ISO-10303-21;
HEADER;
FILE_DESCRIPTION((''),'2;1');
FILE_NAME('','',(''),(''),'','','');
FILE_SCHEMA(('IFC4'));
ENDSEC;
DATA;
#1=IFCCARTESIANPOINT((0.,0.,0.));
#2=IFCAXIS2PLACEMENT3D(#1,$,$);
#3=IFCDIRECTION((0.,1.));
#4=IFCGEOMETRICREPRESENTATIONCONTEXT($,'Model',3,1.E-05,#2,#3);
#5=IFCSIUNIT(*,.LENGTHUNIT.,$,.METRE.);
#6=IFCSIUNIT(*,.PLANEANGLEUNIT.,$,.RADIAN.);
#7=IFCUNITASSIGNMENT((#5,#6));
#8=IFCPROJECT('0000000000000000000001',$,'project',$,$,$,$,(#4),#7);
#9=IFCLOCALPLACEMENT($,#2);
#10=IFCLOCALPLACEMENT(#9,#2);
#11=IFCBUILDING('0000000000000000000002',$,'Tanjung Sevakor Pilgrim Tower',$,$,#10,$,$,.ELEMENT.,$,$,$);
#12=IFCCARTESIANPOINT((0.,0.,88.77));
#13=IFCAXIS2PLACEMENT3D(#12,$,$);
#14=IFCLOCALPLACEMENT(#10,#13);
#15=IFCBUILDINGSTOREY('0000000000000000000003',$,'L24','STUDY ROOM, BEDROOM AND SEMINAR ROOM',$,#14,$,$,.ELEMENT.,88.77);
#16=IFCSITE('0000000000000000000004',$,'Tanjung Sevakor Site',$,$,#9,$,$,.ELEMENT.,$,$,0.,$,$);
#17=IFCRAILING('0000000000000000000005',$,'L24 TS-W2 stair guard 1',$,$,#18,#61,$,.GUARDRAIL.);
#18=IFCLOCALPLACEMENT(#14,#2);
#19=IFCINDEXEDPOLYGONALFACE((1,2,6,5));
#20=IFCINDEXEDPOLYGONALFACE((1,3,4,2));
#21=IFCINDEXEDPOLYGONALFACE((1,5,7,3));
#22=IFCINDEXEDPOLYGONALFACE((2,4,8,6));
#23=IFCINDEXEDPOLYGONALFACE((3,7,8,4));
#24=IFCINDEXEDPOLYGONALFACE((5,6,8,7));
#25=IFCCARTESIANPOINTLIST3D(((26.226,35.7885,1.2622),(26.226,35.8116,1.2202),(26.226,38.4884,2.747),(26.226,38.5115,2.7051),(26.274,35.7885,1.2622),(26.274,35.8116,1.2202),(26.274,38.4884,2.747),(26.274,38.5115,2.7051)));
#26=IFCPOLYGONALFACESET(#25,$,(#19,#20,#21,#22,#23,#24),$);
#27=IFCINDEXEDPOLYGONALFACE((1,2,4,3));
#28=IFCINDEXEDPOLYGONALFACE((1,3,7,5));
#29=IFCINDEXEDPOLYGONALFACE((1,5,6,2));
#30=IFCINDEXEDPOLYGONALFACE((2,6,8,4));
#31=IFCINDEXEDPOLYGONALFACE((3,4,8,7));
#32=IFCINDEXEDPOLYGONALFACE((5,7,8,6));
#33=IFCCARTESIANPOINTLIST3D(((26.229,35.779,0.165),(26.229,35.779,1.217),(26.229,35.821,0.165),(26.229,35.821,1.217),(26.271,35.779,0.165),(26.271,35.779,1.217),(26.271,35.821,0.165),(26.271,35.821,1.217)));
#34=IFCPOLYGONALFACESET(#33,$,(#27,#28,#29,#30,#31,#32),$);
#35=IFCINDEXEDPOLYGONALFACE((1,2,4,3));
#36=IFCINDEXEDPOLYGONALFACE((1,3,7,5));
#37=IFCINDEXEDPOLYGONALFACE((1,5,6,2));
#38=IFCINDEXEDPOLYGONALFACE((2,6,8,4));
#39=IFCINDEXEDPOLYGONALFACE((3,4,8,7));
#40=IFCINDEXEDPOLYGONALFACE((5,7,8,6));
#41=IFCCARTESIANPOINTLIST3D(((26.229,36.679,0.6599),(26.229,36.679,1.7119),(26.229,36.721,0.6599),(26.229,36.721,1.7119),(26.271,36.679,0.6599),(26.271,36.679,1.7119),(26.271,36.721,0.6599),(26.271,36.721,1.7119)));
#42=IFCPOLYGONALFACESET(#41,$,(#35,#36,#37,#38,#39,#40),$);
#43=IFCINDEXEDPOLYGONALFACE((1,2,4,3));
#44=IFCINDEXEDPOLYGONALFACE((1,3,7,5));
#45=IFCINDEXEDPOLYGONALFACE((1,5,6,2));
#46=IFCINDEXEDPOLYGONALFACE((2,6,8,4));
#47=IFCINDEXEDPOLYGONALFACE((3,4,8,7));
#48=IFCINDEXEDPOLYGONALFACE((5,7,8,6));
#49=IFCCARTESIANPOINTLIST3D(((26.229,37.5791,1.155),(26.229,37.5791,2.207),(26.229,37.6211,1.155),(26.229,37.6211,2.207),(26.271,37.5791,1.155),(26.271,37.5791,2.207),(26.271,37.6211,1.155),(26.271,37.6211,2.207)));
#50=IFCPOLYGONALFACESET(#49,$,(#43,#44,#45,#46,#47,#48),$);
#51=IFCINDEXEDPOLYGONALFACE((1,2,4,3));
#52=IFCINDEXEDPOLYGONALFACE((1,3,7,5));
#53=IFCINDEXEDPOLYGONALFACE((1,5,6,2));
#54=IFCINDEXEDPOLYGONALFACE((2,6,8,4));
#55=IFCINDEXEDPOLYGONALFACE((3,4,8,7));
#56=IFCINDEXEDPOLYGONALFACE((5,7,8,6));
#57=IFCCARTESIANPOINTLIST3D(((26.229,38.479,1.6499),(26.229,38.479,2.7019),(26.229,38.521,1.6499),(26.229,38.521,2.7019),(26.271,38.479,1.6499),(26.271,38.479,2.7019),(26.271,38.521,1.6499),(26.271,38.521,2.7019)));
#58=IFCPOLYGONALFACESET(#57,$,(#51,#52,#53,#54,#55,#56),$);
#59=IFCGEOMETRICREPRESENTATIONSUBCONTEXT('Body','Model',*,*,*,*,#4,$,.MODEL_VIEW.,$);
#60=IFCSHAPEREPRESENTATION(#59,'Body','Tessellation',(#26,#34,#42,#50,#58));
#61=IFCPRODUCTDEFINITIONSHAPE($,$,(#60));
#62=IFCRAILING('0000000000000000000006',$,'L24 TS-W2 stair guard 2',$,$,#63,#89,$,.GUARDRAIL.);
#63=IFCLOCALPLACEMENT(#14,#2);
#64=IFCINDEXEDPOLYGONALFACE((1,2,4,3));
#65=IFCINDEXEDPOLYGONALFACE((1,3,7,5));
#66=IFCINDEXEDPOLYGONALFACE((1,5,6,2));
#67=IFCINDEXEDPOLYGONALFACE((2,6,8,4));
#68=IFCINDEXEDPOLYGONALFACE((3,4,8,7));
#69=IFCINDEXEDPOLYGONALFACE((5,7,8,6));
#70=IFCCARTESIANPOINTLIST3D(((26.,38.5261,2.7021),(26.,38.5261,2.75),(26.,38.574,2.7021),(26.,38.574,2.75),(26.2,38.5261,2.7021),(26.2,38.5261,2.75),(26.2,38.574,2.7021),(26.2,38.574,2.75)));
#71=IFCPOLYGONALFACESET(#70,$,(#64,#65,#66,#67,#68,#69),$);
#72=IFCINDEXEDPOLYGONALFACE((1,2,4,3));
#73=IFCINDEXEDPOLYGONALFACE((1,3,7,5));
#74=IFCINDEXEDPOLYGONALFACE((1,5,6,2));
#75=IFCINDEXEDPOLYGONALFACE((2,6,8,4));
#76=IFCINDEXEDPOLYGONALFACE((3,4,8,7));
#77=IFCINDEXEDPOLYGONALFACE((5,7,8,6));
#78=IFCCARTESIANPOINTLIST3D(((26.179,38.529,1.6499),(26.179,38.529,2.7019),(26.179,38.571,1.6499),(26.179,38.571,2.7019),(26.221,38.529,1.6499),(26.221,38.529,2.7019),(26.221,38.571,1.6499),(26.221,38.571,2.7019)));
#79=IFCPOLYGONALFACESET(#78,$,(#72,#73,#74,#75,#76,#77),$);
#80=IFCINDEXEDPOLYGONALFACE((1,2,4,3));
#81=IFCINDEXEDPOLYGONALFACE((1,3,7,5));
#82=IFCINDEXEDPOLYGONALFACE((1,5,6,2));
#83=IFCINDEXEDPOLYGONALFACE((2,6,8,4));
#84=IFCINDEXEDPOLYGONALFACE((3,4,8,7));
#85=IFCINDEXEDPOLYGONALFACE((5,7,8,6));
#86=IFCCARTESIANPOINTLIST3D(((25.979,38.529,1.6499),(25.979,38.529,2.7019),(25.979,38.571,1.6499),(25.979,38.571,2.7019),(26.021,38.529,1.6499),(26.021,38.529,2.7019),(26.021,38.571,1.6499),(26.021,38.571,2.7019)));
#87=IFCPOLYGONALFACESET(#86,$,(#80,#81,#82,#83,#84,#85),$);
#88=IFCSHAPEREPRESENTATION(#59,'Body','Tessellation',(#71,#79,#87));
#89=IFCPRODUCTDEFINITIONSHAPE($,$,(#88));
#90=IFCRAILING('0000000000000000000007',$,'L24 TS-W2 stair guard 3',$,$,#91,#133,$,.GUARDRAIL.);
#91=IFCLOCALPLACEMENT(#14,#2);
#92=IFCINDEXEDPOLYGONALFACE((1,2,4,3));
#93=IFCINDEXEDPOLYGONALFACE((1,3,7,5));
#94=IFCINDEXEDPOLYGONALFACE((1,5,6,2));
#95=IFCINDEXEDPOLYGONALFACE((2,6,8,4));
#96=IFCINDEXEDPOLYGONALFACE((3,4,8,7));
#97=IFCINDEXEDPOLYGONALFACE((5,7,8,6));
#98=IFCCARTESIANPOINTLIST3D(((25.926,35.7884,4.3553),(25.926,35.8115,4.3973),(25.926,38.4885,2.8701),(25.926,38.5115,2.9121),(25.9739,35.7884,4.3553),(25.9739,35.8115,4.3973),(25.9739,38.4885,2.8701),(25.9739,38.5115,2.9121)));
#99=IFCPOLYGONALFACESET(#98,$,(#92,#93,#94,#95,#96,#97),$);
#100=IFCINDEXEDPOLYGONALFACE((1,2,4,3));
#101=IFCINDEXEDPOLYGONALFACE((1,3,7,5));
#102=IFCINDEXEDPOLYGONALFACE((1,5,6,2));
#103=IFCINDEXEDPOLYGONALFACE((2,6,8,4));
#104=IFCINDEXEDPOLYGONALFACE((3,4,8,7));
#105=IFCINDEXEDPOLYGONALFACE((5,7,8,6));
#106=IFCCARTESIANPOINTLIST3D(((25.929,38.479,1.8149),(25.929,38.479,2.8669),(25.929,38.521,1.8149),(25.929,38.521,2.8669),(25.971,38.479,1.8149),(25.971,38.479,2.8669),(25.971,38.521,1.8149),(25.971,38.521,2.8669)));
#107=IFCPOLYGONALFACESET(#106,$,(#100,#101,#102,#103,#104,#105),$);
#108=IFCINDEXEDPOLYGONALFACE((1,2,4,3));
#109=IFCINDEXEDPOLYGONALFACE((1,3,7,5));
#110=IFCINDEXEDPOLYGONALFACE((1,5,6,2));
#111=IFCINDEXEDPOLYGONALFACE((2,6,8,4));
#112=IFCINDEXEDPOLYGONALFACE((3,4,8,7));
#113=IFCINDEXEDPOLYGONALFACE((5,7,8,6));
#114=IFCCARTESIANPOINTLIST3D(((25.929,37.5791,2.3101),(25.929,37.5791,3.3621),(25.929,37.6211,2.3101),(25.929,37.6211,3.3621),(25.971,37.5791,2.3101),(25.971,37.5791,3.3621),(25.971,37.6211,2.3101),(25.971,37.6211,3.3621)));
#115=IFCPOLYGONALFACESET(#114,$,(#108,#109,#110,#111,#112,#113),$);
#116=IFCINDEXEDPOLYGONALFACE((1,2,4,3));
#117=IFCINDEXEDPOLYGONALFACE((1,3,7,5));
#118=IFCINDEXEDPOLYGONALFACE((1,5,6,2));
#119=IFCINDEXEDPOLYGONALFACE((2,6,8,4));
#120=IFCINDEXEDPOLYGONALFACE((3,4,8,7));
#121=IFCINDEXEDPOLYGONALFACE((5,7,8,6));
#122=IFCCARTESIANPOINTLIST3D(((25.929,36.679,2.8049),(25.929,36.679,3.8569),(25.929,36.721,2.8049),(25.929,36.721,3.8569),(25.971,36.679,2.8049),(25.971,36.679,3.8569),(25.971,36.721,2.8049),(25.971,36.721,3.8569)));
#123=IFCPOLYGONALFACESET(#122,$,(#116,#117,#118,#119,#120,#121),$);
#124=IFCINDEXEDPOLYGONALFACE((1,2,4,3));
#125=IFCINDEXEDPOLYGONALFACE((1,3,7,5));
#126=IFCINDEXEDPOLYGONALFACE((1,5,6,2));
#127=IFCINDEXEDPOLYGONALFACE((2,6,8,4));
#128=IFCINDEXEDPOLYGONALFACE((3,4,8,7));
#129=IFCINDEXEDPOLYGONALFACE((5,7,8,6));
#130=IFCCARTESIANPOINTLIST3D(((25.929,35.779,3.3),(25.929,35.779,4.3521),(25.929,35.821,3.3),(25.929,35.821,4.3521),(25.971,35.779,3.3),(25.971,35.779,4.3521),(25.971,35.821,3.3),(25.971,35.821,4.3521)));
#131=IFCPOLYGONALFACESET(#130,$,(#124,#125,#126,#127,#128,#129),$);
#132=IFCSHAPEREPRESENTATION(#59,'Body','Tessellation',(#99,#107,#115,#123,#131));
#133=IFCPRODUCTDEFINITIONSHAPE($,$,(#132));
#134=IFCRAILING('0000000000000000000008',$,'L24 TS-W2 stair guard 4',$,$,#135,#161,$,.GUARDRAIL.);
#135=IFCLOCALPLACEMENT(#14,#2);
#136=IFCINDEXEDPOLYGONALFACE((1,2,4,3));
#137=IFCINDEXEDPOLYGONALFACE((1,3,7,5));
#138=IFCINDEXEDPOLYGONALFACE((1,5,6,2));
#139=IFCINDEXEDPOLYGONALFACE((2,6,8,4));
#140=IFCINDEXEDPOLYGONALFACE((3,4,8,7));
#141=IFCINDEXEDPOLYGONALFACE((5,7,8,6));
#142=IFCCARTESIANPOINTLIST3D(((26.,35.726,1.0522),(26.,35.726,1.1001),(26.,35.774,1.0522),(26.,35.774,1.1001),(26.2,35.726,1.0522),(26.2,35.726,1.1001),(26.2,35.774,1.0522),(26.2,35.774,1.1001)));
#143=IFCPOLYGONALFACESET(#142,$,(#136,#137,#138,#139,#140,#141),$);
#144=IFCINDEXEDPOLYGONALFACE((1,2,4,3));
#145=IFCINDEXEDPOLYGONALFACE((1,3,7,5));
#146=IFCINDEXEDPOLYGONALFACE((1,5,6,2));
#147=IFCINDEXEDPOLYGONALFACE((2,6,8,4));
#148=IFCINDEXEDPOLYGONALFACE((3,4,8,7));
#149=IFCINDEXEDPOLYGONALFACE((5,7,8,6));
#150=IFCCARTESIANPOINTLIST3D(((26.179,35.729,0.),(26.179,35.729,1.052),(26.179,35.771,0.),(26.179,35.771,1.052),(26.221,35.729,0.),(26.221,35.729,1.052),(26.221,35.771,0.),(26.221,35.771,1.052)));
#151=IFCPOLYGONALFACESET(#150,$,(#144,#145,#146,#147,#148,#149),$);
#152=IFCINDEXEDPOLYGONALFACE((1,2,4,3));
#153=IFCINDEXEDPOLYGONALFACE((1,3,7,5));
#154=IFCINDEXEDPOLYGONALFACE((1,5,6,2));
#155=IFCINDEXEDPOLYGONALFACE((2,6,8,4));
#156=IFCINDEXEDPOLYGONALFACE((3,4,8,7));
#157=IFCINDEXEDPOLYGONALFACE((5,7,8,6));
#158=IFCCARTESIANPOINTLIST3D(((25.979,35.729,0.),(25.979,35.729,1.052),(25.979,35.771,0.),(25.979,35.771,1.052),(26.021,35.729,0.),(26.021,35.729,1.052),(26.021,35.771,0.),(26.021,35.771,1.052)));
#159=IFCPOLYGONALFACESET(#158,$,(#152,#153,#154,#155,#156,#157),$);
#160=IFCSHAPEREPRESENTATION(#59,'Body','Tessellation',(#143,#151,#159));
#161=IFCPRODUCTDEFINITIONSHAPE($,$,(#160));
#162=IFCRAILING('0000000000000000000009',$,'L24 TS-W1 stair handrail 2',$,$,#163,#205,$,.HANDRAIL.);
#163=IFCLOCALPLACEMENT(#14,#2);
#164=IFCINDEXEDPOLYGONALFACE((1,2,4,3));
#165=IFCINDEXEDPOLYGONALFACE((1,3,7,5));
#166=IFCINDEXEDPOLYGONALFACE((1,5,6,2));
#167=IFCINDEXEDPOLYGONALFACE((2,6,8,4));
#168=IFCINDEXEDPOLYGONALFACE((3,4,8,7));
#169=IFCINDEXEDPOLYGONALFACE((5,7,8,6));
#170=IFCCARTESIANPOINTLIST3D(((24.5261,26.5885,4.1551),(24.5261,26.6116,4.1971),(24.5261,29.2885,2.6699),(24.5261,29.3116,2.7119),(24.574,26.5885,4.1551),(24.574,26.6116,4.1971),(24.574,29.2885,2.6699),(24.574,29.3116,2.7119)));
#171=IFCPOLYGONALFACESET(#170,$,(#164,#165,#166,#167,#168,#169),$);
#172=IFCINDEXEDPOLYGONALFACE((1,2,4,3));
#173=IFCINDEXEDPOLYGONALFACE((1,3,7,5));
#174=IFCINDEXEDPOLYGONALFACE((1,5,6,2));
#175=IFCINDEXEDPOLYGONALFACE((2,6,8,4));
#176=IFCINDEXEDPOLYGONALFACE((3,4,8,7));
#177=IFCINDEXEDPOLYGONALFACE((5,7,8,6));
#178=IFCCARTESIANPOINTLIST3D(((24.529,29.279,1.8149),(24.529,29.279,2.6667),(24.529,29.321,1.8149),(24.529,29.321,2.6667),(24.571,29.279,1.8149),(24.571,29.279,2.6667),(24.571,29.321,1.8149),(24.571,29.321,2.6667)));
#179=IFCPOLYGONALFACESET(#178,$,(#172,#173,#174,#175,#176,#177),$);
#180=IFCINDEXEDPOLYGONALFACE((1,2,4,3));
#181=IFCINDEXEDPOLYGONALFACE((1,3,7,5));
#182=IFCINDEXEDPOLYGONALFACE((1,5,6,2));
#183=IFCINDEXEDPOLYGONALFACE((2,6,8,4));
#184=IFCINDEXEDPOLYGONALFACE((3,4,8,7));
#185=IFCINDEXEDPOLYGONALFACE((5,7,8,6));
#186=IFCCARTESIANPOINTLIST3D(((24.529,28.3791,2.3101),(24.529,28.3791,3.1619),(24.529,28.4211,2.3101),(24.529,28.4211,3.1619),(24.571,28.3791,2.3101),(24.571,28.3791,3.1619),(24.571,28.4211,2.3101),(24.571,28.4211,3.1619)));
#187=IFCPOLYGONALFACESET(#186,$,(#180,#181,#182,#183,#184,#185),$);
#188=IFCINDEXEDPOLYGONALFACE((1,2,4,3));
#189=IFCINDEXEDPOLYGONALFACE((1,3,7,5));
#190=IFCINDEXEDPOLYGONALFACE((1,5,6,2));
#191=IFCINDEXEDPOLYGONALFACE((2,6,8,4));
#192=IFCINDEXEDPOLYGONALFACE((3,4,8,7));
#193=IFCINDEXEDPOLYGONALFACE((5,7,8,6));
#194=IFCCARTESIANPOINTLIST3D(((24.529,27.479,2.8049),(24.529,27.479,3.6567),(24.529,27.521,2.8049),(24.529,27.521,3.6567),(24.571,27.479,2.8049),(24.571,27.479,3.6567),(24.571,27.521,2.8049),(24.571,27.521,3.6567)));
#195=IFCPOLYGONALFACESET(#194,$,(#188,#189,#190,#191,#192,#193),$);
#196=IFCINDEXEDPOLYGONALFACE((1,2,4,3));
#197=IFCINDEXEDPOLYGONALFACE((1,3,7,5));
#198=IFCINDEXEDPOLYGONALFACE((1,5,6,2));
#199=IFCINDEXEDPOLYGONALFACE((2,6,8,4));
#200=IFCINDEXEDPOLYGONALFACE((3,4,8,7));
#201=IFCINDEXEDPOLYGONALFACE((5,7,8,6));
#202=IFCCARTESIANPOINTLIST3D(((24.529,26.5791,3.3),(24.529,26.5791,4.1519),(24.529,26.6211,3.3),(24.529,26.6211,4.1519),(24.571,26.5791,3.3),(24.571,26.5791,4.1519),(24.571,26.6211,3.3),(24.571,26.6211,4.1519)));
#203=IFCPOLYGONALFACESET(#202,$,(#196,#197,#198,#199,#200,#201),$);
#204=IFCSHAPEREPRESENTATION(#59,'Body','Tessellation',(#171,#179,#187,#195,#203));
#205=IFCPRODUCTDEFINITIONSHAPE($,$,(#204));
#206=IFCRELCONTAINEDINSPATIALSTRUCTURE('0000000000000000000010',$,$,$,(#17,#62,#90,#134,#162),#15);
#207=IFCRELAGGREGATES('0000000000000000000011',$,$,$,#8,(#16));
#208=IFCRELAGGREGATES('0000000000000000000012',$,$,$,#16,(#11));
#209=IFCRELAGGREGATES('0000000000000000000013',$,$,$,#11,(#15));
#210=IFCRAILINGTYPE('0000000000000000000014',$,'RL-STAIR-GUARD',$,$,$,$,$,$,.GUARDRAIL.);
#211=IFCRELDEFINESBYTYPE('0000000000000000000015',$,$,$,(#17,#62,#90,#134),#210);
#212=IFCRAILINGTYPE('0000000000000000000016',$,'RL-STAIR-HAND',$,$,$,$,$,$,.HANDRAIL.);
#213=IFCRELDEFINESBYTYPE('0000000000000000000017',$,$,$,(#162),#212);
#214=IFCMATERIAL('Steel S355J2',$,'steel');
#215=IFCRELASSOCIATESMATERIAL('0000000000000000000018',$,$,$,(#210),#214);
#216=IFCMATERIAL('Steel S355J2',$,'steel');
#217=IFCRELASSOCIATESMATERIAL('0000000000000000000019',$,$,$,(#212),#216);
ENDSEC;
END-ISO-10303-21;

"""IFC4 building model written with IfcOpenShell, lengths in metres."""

from ifc_helpers import new_model, si_unit, direction, frame, origin, place, context, subcontext, project, spatial, rectangle, extrude, material, type_object, element, save


model = new_model("IFC4")

# Units and contexts
model_context = context("Model", 3, precision=1e-05, world=origin(), true_north=direction((0.0, 1.0)))
body_context = subcontext(model_context, "Body", "Model", "MODEL_VIEW")
ifc_project = project(units=[si_unit("LENGTHUNIT", "METRE"), si_unit("PLANEANGLEUNIT", "RADIAN")], contexts=[model_context])

# Site, building, storey
site_placement = place(None, origin())
site = spatial("IfcSite", under=ifc_project, at=site_placement, Name="Tanjung Sevakor Site", CompositionType="ELEMENT", RefElevation=0.0)
building_placement = place(site_placement, origin())
building = spatial("IfcBuilding", under=site, at=building_placement, Name="Tanjung Sevakor Pilgrim Tower", CompositionType="ELEMENT")
storey_placement = place(building_placement, frame((0.0, 0.0, 88.77)))
storey = spatial("IfcBuildingStorey", under=building, at=storey_placement, Name="L24", Description="STUDY ROOM, BEDROOM AND SEMINAR ROOM", CompositionType="ELEMENT", Elevation=88.77)

# Railings
ifc_material_1 = material(Name="Steel S355J2", Category="steel")
railing_type_1 = type_object("IfcRailingType", Name="RL-STAIR-GUARD", PredefinedType="GUARDRAIL", material=ifc_material_1)
railing_1_placement = place(storey_placement, frame((26.25, 35.8, 0.165)))
element("IfcRailing", 1, at=railing_1_placement, inside=storey, type_object=railing_type_1, Name="L24 TS-W2 stair guard 1", PredefinedType="GUARDRAIL", context=body_context, shape_type="SweptSolid", body=[
    extrude(rectangle(XDim=0.0479, YDim=0.0479), frame((0.0, 0.0, 1.0762), z_axis=(0.0, 0.876231, 0.481891), x_axis=(-1.0, 0.0, 0.0)), (0.0, 0.0, 1.0), 3.0813),
    extrude(rectangle(XDim=0.042, YDim=0.042), origin(), (0.0, 0.0, 1.0), 1.052),
    extrude(rectangle(XDim=0.042, YDim=0.042), frame((0.0, 0.8999, 0.4949)), (0.0, 0.0, 1.0), 1.052),
    extrude(rectangle(XDim=0.042, YDim=0.042), frame((0.0, 1.8, 0.99)), (0.0, 0.0, 1.0), 1.052),
    extrude(rectangle(XDim=0.042, YDim=0.042), frame((0.0, 2.7, 1.4849)), (0.0, 0.0, 1.0), 1.052),
])
railing_2_placement = place(storey_placement, frame((26.2, 38.55, 1.6499)))
element("IfcRailing", 2, at=railing_2_placement, inside=storey, type_object=railing_type_1, Name="L24 TS-W2 stair guard 2", PredefinedType="GUARDRAIL", context=body_context, shape_type="SweptSolid", body=[
    extrude(rectangle(XDim=0.0479, YDim=0.0479), frame((0.0, 0.0, 1.0762), z_axis=(-1.0, 0.0, 0.0), x_axis=(0.0, -1.0, 0.0)), (0.0, 0.0, 1.0), 0.2),
    extrude(rectangle(XDim=0.042, YDim=0.042), origin(), (0.0, 0.0, 1.0), 1.052),
    extrude(rectangle(XDim=0.042, YDim=0.042), frame((-0.2, 0.0, 0.0)), (0.0, 0.0, 1.0), 1.052),
])
railing_3_placement = place(storey_placement, frame((25.95, 38.5, 1.8149)))
element("IfcRailing", 3, at=railing_3_placement, inside=storey, type_object=railing_type_1, Name="L24 TS-W2 stair guard 3", PredefinedType="GUARDRAIL", context=body_context, shape_type="SweptSolid", body=[
    extrude(rectangle(XDim=0.0479, YDim=0.0479), frame((0.0, 0.0, 1.0762), z_axis=(0.0, -0.876198, 0.481952), x_axis=(1.0, 0.0, 0.0)), (0.0, 0.0, 1.0), 3.0815),
    extrude(rectangle(XDim=0.042, YDim=0.042), origin(), (0.0, 0.0, 1.0), 1.052),
    extrude(rectangle(XDim=0.042, YDim=0.042), frame((0.0, -0.8999, 0.4951)), (0.0, 0.0, 1.0), 1.052),
    extrude(rectangle(XDim=0.042, YDim=0.042), frame((0.0, -1.8, 0.99)), (0.0, 0.0, 1.0), 1.052),
    extrude(rectangle(XDim=0.042, YDim=0.042), frame((0.0, -2.7, 1.4851)), (0.0, 0.0, 1.0), 1.052),
])
railing_4_placement = place(storey_placement, frame((26.2, 35.75, 0.0)))
element("IfcRailing", 4, at=railing_4_placement, inside=storey, type_object=railing_type_1, Name="L24 TS-W2 stair guard 4", PredefinedType="GUARDRAIL", context=body_context, shape_type="SweptSolid", body=[
    extrude(rectangle(XDim=0.0479, YDim=0.0479), frame((0.0, 0.0, 1.0762), z_axis=(-1.0, 0.0, 0.0), x_axis=(0.0, -1.0, 0.0)), (0.0, 0.0, 1.0), 0.2),
    extrude(rectangle(XDim=0.042, YDim=0.042), origin(), (0.0, 0.0, 1.0), 1.052),
    extrude(rectangle(XDim=0.042, YDim=0.042), frame((-0.2, 0.0, 0.0)), (0.0, 0.0, 1.0), 1.052),
])
ifc_material_2 = material(Name="Steel S355J2", Category="steel")
railing_type_2 = type_object("IfcRailingType", Name="RL-STAIR-HAND", PredefinedType="HANDRAIL", material=ifc_material_2)
railing_5_placement = place(storey_placement, frame((24.55, 29.3, 1.8149)))
element("IfcRailing", 5, at=railing_5_placement, inside=storey, type_object=railing_type_2, Name="L24 TS-W1 stair handrail 2", PredefinedType="HANDRAIL", context=body_context, shape_type="SweptSolid", body=[
    extrude(rectangle(XDim=0.0479, YDim=0.0479), frame((0.0, 0.0, 0.876), z_axis=(0.0, -0.876198, 0.481952), x_axis=(1.0, 0.0, 0.0)), (0.0, 0.0, 1.0), 3.0815),
    extrude(rectangle(XDim=0.042, YDim=0.042), origin(), (0.0, 0.0, 1.0), 0.8518),
    extrude(rectangle(XDim=0.042, YDim=0.042), frame((0.0, -0.8999, 0.4951)), (0.0, 0.0, 1.0), 0.8518),
    extrude(rectangle(XDim=0.042, YDim=0.042), frame((0.0, -1.8, 0.99)), (0.0, 0.0, 1.0), 0.8518),
    extrude(rectangle(XDim=0.042, YDim=0.042), frame((0.0, -2.7, 1.4851)), (0.0, 0.0, 1.0), 0.8518),
])

save(model, "model.ifc")
